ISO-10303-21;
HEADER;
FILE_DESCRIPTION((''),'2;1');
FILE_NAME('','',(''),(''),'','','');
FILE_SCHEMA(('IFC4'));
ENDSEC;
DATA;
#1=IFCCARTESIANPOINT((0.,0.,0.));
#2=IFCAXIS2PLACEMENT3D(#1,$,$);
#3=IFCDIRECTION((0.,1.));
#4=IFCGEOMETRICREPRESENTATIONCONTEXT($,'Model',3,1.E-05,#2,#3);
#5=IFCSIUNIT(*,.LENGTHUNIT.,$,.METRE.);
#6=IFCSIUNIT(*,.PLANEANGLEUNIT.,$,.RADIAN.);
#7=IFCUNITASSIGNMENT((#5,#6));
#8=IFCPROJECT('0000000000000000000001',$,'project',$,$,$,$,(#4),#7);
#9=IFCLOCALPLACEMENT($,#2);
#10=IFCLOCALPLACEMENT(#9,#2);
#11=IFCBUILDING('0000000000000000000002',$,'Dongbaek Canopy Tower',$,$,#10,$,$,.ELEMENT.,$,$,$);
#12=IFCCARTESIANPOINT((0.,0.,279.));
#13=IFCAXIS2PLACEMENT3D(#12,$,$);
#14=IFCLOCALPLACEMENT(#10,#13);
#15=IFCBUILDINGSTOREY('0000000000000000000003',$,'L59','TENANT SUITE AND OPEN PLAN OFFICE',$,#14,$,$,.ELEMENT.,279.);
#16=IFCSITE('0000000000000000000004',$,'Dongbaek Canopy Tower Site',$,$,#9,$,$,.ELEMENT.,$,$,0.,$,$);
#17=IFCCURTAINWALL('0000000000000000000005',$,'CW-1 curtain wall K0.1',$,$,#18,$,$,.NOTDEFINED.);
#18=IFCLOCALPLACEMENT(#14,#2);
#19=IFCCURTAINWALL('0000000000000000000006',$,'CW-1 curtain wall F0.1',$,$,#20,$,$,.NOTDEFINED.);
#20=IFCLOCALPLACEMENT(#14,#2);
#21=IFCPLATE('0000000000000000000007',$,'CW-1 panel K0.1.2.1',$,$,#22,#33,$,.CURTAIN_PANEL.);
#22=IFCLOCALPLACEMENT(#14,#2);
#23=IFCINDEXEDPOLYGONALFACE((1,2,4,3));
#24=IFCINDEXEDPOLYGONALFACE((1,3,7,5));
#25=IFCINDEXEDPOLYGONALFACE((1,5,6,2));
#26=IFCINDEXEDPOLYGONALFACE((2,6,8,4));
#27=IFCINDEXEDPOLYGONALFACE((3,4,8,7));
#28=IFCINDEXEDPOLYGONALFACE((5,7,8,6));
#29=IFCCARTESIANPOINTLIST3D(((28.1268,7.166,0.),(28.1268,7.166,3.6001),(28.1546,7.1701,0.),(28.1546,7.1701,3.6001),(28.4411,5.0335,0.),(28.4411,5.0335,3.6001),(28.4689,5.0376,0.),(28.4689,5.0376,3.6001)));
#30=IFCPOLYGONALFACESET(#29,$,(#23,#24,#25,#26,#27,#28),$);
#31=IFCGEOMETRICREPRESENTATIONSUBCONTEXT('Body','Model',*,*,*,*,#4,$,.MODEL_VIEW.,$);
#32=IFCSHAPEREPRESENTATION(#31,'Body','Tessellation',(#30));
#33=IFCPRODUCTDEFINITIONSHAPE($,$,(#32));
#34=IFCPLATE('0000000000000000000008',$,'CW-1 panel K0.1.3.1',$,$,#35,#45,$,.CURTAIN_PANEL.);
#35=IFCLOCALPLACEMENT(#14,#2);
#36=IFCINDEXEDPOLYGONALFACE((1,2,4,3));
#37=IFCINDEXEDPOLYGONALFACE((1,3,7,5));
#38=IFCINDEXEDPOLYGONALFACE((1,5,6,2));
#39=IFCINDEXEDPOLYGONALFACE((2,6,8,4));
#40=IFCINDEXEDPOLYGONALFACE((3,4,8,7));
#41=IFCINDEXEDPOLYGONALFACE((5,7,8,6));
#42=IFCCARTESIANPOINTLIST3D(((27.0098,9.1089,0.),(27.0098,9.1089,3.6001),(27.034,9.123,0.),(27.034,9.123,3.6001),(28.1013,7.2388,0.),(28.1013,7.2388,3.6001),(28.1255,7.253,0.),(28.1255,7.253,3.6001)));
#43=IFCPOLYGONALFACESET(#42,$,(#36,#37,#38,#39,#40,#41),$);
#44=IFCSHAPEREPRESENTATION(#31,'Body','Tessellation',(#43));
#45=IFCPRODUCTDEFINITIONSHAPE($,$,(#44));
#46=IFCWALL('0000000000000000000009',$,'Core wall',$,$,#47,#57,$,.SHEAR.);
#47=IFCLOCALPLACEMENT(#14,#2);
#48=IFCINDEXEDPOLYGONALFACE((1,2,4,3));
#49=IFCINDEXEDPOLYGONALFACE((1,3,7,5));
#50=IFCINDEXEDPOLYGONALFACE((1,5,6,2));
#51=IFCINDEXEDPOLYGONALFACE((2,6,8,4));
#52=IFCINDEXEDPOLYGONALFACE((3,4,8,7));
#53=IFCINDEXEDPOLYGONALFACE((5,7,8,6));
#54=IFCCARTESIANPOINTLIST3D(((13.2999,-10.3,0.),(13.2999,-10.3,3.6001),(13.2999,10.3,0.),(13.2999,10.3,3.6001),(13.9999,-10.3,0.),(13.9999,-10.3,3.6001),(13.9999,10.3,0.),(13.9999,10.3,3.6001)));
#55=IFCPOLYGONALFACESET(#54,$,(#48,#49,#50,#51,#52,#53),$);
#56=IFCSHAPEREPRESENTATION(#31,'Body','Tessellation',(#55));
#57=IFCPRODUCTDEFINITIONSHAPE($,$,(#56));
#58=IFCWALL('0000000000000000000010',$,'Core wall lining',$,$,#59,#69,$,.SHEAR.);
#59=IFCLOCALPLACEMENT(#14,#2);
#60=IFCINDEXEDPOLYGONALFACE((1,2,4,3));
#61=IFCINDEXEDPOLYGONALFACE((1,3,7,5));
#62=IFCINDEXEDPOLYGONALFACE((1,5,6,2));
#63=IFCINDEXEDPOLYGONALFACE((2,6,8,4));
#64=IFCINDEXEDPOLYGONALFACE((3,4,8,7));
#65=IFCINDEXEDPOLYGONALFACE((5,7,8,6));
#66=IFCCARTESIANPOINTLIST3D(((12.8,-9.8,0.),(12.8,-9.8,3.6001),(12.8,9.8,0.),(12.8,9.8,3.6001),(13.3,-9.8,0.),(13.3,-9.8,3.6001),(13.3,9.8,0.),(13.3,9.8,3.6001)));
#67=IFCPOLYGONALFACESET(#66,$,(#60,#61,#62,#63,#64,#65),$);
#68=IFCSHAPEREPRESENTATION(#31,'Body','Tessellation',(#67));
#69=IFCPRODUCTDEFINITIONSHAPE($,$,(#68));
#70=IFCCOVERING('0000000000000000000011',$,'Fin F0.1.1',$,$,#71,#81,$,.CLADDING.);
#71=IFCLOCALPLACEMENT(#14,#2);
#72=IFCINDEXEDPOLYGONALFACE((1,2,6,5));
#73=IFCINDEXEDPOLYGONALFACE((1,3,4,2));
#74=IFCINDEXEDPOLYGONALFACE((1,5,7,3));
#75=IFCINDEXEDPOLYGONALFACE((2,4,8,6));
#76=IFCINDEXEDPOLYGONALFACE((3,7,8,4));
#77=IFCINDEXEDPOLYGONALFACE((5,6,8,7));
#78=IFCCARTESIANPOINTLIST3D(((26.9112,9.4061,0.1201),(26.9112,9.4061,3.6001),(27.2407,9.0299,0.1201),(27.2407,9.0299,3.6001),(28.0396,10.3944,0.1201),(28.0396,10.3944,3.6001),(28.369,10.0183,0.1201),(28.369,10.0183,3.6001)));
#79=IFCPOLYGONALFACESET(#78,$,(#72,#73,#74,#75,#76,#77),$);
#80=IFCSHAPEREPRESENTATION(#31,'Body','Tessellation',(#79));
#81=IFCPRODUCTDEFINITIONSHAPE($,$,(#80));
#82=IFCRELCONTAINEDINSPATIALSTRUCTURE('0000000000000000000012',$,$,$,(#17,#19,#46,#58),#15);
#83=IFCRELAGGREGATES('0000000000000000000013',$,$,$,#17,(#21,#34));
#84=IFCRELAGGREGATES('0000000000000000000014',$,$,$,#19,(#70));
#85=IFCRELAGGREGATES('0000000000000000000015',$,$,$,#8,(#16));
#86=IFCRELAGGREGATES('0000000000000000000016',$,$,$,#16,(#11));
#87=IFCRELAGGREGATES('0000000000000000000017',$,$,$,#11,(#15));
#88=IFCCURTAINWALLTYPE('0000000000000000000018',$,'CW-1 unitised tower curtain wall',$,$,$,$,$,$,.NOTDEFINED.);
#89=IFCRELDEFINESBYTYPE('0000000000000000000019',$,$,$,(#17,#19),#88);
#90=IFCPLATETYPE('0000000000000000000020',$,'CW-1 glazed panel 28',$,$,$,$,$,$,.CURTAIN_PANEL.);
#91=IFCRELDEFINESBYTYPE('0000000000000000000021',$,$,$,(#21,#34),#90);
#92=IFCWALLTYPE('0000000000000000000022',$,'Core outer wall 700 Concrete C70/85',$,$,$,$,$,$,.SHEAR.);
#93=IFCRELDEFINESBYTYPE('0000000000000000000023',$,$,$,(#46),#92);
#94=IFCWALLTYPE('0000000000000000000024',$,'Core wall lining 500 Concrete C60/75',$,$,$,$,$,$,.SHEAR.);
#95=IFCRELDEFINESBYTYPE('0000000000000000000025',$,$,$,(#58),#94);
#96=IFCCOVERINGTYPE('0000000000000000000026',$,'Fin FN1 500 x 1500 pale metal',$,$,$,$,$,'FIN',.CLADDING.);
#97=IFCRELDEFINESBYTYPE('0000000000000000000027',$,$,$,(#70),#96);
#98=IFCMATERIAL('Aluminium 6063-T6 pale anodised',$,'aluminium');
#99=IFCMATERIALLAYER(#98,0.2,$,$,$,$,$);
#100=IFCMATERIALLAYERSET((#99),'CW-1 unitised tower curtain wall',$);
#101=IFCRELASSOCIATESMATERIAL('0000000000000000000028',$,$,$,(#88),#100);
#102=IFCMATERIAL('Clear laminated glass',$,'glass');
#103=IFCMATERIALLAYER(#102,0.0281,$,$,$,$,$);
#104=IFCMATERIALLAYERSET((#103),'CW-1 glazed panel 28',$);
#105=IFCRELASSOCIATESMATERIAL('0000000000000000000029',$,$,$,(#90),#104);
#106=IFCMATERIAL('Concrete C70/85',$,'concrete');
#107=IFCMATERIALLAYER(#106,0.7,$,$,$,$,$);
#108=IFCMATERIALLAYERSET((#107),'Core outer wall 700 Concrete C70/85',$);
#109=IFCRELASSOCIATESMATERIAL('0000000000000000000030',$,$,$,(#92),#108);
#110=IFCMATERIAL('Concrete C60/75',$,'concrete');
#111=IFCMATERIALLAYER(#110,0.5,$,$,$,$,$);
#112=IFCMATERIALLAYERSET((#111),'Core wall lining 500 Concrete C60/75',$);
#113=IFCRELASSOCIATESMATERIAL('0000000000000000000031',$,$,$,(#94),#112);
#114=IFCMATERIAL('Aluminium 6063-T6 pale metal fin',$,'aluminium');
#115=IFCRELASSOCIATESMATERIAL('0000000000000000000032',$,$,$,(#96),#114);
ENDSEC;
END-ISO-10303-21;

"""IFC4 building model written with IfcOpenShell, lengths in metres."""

from ifc_helpers import new_model, si_unit, direction, frame, frame_2d, origin, origin_2d, place, context, subcontext, project, spatial, rectangle, extrude, material, layer, layer_set, material_profile, profile_set, type_object, element, aggregate, save


model = new_model("IFC4")

# Units and contexts
model_context = context("Model", 3, precision=1e-05, world=origin(), true_north=direction((0.0, 1.0)))
body_context = subcontext(model_context, "Body", "Model", "MODEL_VIEW")
ifc_project = project(units=[si_unit("LENGTHUNIT", "METRE"), si_unit("PLANEANGLEUNIT", "RADIAN")], contexts=[model_context])

# Site, building, storey
site_placement = place(None, origin())
site = spatial("IfcSite", under=ifc_project, at=site_placement, Name="Dongbaek Canopy Tower Site", CompositionType="ELEMENT", RefElevation=0.0)
building_placement = place(site_placement, origin())
building = spatial("IfcBuilding", under=site, at=building_placement, Name="Dongbaek Canopy Tower", CompositionType="ELEMENT")
storey_placement = place(building_placement, frame((0.0, 0.0, 279.0)))
storey = spatial("IfcBuildingStorey", under=building, at=storey_placement, Name="L59", Description="TENANT SUITE AND OPEN PLAN OFFICE", CompositionType="ELEMENT", Elevation=279.0)

# Curtain wall
ifc_material_1 = material(Name="Aluminium 6063-T6 pale anodised", Category="aluminium")
ifc_layer_1 = layer(ifc_material_1, 0.2)
ifc_layer_set_1 = layer_set([ifc_layer_1], Name="CW-1 unitised tower curtain wall")
curtain_wall_type = type_object("IfcCurtainWallType", Name="CW-1 unitised tower curtain wall", PredefinedType="NOTDEFINED", material=ifc_layer_set_1)
curtain_wall_1_placement = place(storey_placement, origin())
curtain_wall_1 = element("IfcCurtainWall", 1, at=curtain_wall_1_placement, inside=storey, type_object=curtain_wall_type, Name="CW-1 curtain wall K0.1", PredefinedType="NOTDEFINED")

# Curtain wall
curtain_wall_2_placement = place(storey_placement, origin())
curtain_wall_2 = element("IfcCurtainWall", 2, at=curtain_wall_2_placement, inside=storey, type_object=curtain_wall_type, Name="CW-1 curtain wall F0.1", PredefinedType="NOTDEFINED")

# Plates
ifc_material_2 = material(Name="Clear laminated glass", Category="glass")
ifc_layer_2 = layer(ifc_material_2, 0.0281)
ifc_layer_set_2 = layer_set([ifc_layer_2], Name="CW-1 glazed panel 28")
plate_type = type_object("IfcPlateType", Name="CW-1 glazed panel 28", PredefinedType="CURTAIN_PANEL", material=ifc_layer_set_2)
plate_1_placement = place(storey_placement, frame((28.2979, 6.1018, 0.0), z_axis=(0.0, 0.0, 1.0), x_axis=(-0.145811, 0.989312, 0.0)))
plate_1 = element("IfcPlate", 3, at=plate_1_placement, type_object=plate_type, Name="CW-1 panel K0.1.2.1", PredefinedType="CURTAIN_PANEL", context=body_context, shape_type="SweptSolid", body=[
    extrude(rectangle(XDim=2.1555, YDim=0.0281, at=origin_2d()), origin(), (0.0, 0.0, 1.0), 3.6001),
])
plate_2_placement = place(storey_placement, frame((27.5676, 8.1809, 0.0), z_axis=(0.0, 0.0, 1.0), x_axis=(-0.504093, 0.863649, 0.0)))
plate_2 = element("IfcPlate", 4, at=plate_2_placement, type_object=plate_type, Name="CW-1 panel K0.1.3.1", PredefinedType="CURTAIN_PANEL", context=body_context, shape_type="SweptSolid", body=[
    extrude(rectangle(XDim=2.1653, YDim=0.0281, at=origin_2d()), origin(), (0.0, 0.0, 1.0), 3.6001),
])
aggregate(curtain_wall_1, [plate_1, plate_2])

# Walls
ifc_material_3 = material(Name="Concrete C70/85", Category="concrete")
ifc_layer_3 = layer(ifc_material_3, 0.7)
ifc_layer_set_3 = layer_set([ifc_layer_3], Name="Core outer wall 700 Concrete C70/85")
wall_type_1 = type_object("IfcWallType", Name="Core outer wall 700 Concrete C70/85", PredefinedType="SHEAR", material=ifc_layer_set_3)
wall_1_placement = place(storey_placement, frame((13.6499, 10.3, 0.0), z_axis=(0.0, 0.0, 1.0), x_axis=(0.0, -1.0, 0.0)))
element("IfcWall", 5, at=wall_1_placement, inside=storey, type_object=wall_type_1, Name="Core wall", PredefinedType="SHEAR", context=body_context, shape_type="SweptSolid", body=[
    extrude(rectangle(XDim=20.6001, YDim=0.7, at=frame_2d((10.3, 0.0))), origin(), (0.0, 0.0, 1.0), 3.6001),
])
ifc_material_4 = material(Name="Concrete C60/75", Category="concrete")
ifc_layer_4 = layer(ifc_material_4, 0.5)
ifc_layer_set_4 = layer_set([ifc_layer_4], Name="Core wall lining 500 Concrete C60/75")
wall_type_2 = type_object("IfcWallType", Name="Core wall lining 500 Concrete C60/75", PredefinedType="SHEAR", material=ifc_layer_set_4)
wall_2_placement = place(storey_placement, frame((13.05, 9.8, 0.0), z_axis=(0.0, 0.0, 1.0), x_axis=(0.0, -1.0, 0.0)))
element("IfcWall", 6, at=wall_2_placement, inside=storey, type_object=wall_type_2, Name="Core wall lining", PredefinedType="SHEAR", context=body_context, shape_type="SweptSolid", body=[
    extrude(rectangle(XDim=19.6001, YDim=0.5, at=frame_2d((9.8, 0.0))), origin(), (0.0, 0.0, 1.0), 3.6001),
])

# Covering
ifc_material_5 = material(Name="Aluminium 6063-T6 pale metal fin", Category="aluminium")
ifc_material_profile_1 = material_profile(ifc_material_5, rectangle(XDim=1.5, YDim=0.5, at=origin_2d()), Name="Fin FN1 500 x 1500 pale metal")
ifc_profile_set_1 = profile_set([ifc_material_profile_1], Name="Aluminium 6063-T6 pale metal fin")
covering_type = type_object("IfcCoveringType", Name="Fin FN1 500 x 1500 pale metal", ElementType="FIN", PredefinedType="CLADDING", material=ifc_profile_set_1)
covering_placement = place(storey_placement, frame((27.6401, 9.7122, 0.1201), z_axis=(0.0, 0.0, 1.0), x_axis=(0.752247, 0.658881, 0.0)))
covering = element("IfcCovering", 7, at=covering_placement, type_object=covering_type, Name="Fin F0.1.1", PredefinedType="CLADDING", context=body_context, shape_type="SweptSolid", body=[
    extrude(rectangle(XDim=1.5, YDim=0.5, at=origin_2d()), origin(), (0.0, 0.0, 1.0), 3.48),
])
aggregate(curtain_wall_2, [covering])

save(model, "model.ifc")
